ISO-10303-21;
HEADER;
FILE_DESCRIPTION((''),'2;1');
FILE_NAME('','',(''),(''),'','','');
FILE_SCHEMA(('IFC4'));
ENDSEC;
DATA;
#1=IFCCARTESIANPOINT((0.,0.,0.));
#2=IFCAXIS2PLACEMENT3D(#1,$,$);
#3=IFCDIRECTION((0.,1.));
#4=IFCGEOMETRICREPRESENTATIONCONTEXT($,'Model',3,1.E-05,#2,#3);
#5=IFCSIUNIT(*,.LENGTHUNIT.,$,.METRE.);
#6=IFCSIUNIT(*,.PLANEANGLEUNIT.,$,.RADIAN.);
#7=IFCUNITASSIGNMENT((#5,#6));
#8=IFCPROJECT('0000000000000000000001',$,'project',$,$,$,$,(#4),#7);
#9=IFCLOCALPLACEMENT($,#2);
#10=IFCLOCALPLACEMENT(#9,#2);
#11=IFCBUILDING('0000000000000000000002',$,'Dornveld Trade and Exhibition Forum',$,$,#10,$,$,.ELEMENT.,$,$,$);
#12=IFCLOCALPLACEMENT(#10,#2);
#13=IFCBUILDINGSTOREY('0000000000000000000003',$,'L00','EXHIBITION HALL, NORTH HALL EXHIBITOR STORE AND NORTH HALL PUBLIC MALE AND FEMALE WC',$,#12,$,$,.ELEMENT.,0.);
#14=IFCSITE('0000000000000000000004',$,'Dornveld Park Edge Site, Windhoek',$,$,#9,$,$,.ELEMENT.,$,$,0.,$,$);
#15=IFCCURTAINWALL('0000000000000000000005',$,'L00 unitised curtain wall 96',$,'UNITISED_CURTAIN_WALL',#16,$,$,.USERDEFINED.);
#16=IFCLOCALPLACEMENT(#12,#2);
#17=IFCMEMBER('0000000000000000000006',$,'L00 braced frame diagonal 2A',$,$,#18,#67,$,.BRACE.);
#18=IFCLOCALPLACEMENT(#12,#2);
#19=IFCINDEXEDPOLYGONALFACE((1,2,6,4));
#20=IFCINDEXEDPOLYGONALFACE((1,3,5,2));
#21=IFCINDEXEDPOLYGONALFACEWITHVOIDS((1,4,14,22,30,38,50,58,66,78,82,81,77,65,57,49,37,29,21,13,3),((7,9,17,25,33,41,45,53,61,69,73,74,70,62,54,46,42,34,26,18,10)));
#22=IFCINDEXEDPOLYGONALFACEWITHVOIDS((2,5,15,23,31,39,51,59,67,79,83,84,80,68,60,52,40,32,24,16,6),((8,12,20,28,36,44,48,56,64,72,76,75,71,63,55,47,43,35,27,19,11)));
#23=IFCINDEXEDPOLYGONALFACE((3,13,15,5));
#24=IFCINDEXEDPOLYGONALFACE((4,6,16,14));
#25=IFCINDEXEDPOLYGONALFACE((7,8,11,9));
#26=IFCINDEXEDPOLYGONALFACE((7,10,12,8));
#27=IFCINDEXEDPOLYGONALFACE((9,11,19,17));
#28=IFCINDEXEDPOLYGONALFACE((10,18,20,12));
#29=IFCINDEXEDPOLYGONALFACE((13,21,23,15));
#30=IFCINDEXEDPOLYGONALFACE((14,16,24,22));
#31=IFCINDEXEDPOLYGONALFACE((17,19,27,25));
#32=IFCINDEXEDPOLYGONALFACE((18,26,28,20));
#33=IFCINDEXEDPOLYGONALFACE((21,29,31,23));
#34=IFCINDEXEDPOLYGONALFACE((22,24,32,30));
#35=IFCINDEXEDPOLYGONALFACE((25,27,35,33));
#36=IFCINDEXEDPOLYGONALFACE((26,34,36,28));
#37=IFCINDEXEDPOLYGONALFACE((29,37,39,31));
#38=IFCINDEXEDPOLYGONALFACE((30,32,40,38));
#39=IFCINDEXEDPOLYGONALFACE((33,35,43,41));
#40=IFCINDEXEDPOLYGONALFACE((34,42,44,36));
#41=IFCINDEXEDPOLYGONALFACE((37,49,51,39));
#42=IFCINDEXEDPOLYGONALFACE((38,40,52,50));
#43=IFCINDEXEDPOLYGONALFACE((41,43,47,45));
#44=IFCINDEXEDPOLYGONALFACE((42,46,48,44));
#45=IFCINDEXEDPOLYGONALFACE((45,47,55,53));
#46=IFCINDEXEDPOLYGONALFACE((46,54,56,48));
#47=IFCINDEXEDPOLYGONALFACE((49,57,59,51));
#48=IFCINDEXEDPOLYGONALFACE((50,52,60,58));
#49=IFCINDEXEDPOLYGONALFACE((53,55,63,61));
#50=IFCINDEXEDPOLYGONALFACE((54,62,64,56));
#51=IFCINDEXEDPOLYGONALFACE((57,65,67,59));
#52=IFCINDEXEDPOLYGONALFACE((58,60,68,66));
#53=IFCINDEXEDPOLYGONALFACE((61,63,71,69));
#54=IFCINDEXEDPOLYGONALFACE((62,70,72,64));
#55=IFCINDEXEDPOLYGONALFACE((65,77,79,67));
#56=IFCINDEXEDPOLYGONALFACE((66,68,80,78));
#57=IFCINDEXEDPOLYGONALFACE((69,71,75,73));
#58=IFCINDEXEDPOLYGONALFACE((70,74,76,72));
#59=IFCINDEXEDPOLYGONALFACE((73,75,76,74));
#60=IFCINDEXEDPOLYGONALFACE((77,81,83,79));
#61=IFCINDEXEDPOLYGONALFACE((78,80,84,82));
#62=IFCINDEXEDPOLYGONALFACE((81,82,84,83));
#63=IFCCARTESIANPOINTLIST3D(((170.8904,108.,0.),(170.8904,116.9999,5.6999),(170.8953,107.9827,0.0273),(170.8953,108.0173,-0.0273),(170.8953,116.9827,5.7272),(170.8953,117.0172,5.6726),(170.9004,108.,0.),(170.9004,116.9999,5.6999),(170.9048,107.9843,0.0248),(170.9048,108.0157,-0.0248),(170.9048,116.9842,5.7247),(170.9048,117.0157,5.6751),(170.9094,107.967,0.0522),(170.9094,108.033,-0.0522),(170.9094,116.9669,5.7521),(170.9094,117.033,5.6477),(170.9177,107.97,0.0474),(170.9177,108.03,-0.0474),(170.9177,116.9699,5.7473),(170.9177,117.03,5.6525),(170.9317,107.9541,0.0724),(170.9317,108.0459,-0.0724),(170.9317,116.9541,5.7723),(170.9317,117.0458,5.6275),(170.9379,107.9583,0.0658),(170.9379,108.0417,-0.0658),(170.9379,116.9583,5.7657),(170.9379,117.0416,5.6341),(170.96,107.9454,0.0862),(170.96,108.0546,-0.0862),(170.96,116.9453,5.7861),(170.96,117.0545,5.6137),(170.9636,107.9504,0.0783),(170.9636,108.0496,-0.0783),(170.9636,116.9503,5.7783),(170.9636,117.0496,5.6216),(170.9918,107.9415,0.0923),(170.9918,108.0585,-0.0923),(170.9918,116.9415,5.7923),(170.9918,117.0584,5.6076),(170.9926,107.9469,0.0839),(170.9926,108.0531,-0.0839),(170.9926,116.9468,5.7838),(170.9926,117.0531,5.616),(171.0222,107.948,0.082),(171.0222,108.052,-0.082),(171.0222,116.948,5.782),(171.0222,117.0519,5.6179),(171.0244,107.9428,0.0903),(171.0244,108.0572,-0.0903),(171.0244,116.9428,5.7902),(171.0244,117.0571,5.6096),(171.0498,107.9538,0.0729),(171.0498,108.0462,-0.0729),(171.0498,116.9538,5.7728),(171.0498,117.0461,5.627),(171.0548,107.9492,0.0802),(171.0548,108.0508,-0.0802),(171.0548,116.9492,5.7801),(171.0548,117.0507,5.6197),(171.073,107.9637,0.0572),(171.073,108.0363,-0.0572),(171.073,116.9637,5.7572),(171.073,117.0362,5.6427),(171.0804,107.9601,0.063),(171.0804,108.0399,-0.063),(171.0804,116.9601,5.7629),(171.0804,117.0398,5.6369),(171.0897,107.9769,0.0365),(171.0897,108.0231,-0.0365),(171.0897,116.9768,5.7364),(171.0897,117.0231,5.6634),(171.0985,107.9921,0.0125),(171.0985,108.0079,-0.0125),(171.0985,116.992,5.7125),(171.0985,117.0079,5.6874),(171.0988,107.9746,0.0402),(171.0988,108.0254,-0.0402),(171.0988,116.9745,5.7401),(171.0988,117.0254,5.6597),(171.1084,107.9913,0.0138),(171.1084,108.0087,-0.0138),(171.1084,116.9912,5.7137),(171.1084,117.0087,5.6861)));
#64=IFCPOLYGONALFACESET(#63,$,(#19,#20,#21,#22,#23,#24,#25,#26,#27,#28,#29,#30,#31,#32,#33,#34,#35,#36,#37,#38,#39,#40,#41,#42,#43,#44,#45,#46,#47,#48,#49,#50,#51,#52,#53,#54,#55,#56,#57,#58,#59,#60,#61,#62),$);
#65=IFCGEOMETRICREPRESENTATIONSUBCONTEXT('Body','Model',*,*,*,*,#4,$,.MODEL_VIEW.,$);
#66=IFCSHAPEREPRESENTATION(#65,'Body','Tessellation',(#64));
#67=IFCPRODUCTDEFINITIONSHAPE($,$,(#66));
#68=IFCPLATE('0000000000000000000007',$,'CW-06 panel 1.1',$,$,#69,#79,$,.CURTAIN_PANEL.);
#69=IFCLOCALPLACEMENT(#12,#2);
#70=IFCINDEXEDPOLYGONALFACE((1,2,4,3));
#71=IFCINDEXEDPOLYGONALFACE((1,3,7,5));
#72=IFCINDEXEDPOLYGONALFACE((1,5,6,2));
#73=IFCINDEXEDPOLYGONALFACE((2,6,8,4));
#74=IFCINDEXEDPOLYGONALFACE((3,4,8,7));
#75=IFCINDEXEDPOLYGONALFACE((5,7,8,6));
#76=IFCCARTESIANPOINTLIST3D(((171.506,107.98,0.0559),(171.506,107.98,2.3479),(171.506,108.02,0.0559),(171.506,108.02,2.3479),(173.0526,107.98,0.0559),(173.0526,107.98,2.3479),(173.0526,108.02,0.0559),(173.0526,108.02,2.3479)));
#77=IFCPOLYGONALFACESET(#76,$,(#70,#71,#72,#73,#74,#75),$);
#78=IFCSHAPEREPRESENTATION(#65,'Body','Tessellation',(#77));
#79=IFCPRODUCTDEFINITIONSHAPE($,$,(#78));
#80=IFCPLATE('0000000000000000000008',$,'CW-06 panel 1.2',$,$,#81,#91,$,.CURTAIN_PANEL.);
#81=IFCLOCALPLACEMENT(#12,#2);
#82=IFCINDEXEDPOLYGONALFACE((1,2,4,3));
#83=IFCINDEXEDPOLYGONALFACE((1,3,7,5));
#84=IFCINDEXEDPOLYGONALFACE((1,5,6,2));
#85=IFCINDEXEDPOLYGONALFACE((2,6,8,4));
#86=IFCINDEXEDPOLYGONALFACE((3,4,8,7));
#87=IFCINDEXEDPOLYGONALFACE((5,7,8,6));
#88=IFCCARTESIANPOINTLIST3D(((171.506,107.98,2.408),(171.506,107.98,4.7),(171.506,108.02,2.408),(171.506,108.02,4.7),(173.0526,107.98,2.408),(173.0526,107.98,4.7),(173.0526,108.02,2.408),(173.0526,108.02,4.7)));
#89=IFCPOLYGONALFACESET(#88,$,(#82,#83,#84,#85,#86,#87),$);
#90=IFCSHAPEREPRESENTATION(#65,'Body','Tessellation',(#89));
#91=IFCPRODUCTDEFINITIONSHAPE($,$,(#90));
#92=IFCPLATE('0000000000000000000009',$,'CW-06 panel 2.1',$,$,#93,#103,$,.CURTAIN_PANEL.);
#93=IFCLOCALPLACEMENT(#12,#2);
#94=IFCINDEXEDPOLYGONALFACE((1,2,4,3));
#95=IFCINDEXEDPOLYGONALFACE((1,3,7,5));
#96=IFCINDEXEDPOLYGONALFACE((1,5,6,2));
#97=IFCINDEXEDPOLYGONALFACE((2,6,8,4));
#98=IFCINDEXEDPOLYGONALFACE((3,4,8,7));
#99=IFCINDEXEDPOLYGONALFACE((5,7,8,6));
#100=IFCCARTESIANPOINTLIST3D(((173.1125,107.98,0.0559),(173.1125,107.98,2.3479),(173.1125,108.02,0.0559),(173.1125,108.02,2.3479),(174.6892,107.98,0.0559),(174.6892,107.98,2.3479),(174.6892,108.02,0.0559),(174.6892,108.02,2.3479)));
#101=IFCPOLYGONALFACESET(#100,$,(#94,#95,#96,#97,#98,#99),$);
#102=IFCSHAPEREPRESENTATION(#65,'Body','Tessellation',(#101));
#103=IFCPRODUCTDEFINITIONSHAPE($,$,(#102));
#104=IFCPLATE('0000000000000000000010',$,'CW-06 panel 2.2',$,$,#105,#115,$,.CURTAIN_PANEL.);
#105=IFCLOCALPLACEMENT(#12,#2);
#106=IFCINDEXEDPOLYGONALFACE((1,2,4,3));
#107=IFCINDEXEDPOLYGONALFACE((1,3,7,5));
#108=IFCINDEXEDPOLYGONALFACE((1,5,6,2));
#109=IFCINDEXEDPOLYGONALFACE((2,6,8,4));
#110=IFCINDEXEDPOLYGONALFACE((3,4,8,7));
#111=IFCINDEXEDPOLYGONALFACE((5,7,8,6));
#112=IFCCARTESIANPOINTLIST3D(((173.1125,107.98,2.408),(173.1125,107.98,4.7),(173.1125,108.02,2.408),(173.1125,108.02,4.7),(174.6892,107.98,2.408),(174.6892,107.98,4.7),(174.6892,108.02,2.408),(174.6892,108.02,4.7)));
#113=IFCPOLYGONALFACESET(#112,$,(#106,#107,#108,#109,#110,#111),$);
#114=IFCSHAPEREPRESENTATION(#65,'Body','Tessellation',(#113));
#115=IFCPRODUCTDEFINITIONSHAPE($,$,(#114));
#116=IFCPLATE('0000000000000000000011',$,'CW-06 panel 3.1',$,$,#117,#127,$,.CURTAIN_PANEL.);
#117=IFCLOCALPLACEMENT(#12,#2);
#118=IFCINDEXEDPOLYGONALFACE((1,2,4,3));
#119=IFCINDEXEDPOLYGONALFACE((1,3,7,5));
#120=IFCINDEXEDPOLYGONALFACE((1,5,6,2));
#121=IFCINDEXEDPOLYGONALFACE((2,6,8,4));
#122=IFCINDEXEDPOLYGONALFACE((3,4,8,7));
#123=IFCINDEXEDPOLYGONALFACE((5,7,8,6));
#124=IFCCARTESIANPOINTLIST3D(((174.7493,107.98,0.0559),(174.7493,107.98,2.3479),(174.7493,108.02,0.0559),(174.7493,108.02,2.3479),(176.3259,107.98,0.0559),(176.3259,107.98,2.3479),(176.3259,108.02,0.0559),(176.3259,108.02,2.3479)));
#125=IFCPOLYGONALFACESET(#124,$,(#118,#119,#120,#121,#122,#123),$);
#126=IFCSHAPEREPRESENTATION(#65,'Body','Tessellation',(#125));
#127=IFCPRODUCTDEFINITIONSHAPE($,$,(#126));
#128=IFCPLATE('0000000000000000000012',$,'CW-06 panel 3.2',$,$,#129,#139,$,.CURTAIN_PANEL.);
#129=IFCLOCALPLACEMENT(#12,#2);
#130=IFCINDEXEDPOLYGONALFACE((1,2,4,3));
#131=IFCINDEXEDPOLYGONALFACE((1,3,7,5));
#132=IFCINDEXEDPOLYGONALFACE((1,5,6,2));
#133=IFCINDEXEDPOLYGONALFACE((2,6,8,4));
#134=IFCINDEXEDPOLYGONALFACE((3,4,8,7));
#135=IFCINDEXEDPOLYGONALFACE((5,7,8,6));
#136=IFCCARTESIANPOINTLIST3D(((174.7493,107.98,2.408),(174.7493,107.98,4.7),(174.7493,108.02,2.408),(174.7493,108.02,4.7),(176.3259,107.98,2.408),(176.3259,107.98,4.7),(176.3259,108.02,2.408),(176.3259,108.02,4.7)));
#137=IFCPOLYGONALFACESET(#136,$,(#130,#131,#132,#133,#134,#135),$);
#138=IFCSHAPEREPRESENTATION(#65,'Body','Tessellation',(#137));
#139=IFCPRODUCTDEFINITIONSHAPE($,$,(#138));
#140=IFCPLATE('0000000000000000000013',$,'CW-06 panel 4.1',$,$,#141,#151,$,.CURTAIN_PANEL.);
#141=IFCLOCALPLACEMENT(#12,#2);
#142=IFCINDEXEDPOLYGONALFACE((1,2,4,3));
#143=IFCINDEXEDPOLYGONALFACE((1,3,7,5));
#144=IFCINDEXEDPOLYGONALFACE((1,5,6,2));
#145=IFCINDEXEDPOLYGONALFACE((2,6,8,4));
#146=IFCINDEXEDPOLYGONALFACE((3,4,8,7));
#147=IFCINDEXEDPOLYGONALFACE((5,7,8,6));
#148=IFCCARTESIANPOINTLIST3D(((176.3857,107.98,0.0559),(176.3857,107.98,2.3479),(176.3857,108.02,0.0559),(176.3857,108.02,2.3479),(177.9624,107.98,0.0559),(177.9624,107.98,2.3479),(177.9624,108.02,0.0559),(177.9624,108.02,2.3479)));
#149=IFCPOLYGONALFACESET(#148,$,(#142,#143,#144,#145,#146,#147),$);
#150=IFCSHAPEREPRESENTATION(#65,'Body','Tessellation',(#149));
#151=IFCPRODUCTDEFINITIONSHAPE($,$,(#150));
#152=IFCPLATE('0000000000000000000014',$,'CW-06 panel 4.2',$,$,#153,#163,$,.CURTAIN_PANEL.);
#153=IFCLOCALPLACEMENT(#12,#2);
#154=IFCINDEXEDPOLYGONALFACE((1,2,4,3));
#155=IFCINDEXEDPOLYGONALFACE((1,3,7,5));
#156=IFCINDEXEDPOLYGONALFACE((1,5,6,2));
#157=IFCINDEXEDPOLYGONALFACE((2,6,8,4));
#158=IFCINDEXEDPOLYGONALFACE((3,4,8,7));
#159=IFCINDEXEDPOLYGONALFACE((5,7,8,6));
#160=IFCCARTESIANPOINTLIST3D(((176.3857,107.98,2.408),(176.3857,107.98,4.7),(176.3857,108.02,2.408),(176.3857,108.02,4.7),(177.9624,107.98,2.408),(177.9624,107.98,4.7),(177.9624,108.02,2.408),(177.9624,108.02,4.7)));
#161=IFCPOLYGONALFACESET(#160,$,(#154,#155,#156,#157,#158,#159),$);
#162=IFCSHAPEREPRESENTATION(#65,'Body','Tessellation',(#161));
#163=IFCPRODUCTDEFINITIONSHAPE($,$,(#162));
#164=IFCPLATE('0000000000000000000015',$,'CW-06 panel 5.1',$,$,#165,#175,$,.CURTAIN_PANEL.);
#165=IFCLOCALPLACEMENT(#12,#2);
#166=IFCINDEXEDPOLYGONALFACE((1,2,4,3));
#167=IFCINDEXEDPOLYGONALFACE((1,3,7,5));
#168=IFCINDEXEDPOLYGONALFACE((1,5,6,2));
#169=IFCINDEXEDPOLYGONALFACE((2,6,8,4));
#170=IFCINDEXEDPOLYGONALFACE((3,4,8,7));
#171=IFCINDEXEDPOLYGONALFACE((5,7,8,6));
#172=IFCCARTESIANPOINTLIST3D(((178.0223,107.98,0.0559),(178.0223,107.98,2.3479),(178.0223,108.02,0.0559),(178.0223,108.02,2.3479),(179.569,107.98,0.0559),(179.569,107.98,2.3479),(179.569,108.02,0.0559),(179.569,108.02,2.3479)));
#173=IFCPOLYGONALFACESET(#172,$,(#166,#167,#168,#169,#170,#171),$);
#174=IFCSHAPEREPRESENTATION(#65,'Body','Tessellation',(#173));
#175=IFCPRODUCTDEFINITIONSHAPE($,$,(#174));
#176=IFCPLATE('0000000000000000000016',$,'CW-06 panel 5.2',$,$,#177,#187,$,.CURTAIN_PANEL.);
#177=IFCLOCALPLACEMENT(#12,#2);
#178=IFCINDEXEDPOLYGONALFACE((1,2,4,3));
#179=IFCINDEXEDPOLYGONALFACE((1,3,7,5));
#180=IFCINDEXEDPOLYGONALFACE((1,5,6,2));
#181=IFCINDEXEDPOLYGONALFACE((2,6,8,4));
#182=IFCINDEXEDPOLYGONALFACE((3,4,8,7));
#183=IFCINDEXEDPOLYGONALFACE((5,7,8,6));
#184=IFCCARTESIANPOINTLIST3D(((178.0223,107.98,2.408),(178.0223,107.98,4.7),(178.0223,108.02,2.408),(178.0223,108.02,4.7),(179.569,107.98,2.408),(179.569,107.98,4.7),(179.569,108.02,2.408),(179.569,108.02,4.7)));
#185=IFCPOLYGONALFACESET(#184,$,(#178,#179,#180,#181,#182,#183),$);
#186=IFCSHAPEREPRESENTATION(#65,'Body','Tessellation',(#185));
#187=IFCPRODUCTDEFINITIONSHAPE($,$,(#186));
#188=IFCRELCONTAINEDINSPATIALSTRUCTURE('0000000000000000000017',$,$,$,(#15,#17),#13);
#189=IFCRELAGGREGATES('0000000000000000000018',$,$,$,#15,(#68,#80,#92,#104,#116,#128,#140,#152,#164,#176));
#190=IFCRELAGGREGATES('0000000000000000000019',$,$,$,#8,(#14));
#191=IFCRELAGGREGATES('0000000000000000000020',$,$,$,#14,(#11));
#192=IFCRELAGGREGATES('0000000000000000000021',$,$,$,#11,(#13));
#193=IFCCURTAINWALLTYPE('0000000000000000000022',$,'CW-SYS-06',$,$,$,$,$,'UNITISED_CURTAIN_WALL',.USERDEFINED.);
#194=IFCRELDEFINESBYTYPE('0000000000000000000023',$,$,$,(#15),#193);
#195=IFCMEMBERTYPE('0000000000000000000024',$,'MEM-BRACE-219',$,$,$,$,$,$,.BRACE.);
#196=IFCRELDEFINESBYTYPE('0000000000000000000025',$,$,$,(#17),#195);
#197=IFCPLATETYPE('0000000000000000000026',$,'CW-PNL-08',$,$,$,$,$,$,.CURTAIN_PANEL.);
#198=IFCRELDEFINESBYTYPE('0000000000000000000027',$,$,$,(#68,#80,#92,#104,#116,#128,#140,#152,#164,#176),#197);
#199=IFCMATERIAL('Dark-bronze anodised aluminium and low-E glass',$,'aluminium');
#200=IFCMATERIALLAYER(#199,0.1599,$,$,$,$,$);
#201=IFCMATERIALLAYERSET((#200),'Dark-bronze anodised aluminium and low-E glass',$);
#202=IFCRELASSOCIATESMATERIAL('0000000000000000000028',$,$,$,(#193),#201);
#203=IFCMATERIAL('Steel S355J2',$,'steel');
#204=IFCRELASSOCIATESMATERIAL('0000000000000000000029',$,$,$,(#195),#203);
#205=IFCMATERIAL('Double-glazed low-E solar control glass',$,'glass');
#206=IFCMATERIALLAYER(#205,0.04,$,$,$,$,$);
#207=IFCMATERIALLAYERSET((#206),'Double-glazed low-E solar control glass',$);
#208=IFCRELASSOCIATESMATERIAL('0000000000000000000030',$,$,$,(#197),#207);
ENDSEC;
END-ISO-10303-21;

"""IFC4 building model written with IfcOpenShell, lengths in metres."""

from ifc_helpers import new_model, si_unit, direction, frame, origin, origin_2d, place, context, subcontext, project, spatial, rectangle, hollow_circle, extrude, material, layer, layer_set, material_profile, profile_set, type_object, element, aggregate, save


model = new_model("IFC4")

# Units and contexts
model_context = context("Model", 3, precision=1e-05, world=origin(), true_north=direction((0.0, 1.0)))
body_context = subcontext(model_context, "Body", "Model", "MODEL_VIEW")
ifc_project = project(units=[si_unit("LENGTHUNIT", "METRE"), si_unit("PLANEANGLEUNIT", "RADIAN")], contexts=[model_context])

# Site, building, storey
site_placement = place(None, origin())
site = spatial("IfcSite", under=ifc_project, at=site_placement, Name="Dornveld Park Edge Site, Windhoek", CompositionType="ELEMENT", RefElevation=0.0)
building_placement = place(site_placement, origin())
building = spatial("IfcBuilding", under=site, at=building_placement, Name="Dornveld Trade and Exhibition Forum", CompositionType="ELEMENT")
storey_placement = place(building_placement, origin())
storey = spatial("IfcBuildingStorey", under=building, at=storey_placement, Name="L00", Description="EXHIBITION HALL, NORTH HALL EXHIBITOR STORE AND NORTH HALL PUBLIC MALE AND FEMALE WC", CompositionType="ELEMENT", Elevation=0.0)

# Curtain wall
ifc_material_1 = material(Name="Dark-bronze anodised aluminium and low-E glass", Category="aluminium")
ifc_layer_1 = layer(ifc_material_1, 0.1599)
ifc_layer_set_1 = layer_set([ifc_layer_1], Name="Dark-bronze anodised aluminium and low-E glass")
curtain_wall_type = type_object("IfcCurtainWallType", Name="CW-SYS-06", ElementType="UNITISED_CURTAIN_WALL", PredefinedType="USERDEFINED", material=ifc_layer_set_1)
curtain_wall_placement = place(storey_placement, origin())
curtain_wall = element("IfcCurtainWall", 1, at=curtain_wall_placement, inside=storey, type_object=curtain_wall_type, Name="L00 unitised curtain wall 96", ObjectType="UNITISED_CURTAIN_WALL", PredefinedType="USERDEFINED")

# Member
ifc_material_2 = material(Name="Steel S355J2", Category="steel")
ifc_material_profile_1 = material_profile(ifc_material_2, hollow_circle(Radius=0.1096, WallThickness=0.01, at=origin_2d()), Name="CHS 219.1x10")
ifc_profile_set_1 = profile_set([ifc_material_profile_1], Name="Steel S355J2")
member_type_1 = type_object("IfcMemberType", Name="MEM-BRACE-219", PredefinedType="BRACE", material=ifc_profile_set_1)
member_1_placement = place(storey_placement, frame((171.0, 108.0, 0.0), z_axis=(0.0, 0.844821, 0.535049), x_axis=(-1.0, 0.0, 0.0)))
element("IfcMember", 2, at=member_1_placement, inside=storey, type_object=member_type_1, Name="L00 braced frame diagonal 2A", PredefinedType="BRACE", context=body_context, shape_type="SweptSolid", body=[
    extrude(hollow_circle(Radius=0.1096, WallThickness=0.01, at=origin_2d()), origin(), (0.0, 0.0, 1.0), 10.6531),
])

# Plates
ifc_material_3 = material(Name="Double-glazed low-E solar control glass", Category="glass")
ifc_layer_2 = layer(ifc_material_3, 0.04)
ifc_layer_set_2 = layer_set([ifc_layer_2], Name="Double-glazed low-E solar control glass")
plate_type = type_object("IfcPlateType", Name="CW-PNL-08", PredefinedType="CURTAIN_PANEL", material=ifc_layer_set_2)
plate_1_placement = place(storey_placement, frame((172.2793, 108.0, 0.0559), z_axis=(0.0, 0.0, 1.0), x_axis=(1.0, 0.0, 0.0)))
plate_1 = element("IfcPlate", 3, at=plate_1_placement, type_object=plate_type, Name="CW-06 panel 1.1", PredefinedType="CURTAIN_PANEL", context=body_context, shape_type="SweptSolid", body=[
    extrude(rectangle(XDim=1.5466, YDim=0.04, at=origin_2d()), origin(), (0.0, 0.0, 1.0), 2.292),
])
plate_2_placement = place(storey_placement, frame((172.2793, 108.0, 2.408), z_axis=(0.0, 0.0, 1.0), x_axis=(1.0, 0.0, 0.0)))
plate_2 = element("IfcPlate", 4, at=plate_2_placement, type_object=plate_type, Name="CW-06 panel 1.2", PredefinedType="CURTAIN_PANEL", context=body_context, shape_type="SweptSolid", body=[
    extrude(rectangle(XDim=1.5466, YDim=0.04, at=origin_2d()), origin(), (0.0, 0.0, 1.0), 2.292),
])
plate_3_placement = place(storey_placement, frame((173.9009, 108.0, 0.0559), z_axis=(0.0, 0.0, 1.0), x_axis=(1.0, 0.0, 0.0)))
plate_3 = element("IfcPlate", 5, at=plate_3_placement, type_object=plate_type, Name="CW-06 panel 2.1", PredefinedType="CURTAIN_PANEL", context=body_context, shape_type="SweptSolid", body=[
    extrude(rectangle(XDim=1.5767, YDim=0.04, at=origin_2d()), origin(), (0.0, 0.0, 1.0), 2.292),
])
plate_4_placement = place(storey_placement, frame((173.9009, 108.0, 2.408), z_axis=(0.0, 0.0, 1.0), x_axis=(1.0, 0.0, 0.0)))
plate_4 = element("IfcPlate", 6, at=plate_4_placement, type_object=plate_type, Name="CW-06 panel 2.2", PredefinedType="CURTAIN_PANEL", context=body_context, shape_type="SweptSolid", body=[
    extrude(rectangle(XDim=1.5767, YDim=0.04, at=origin_2d()), origin(), (0.0, 0.0, 1.0), 2.292),
])
plate_5_placement = place(storey_placement, frame((175.5376, 108.0, 0.0559), z_axis=(0.0, 0.0, 1.0), x_axis=(1.0, 0.0, 0.0)))
plate_5 = element("IfcPlate", 7, at=plate_5_placement, type_object=plate_type, Name="CW-06 panel 3.1", PredefinedType="CURTAIN_PANEL", context=body_context, shape_type="SweptSolid", body=[
    extrude(rectangle(XDim=1.5767, YDim=0.04, at=origin_2d()), origin(), (0.0, 0.0, 1.0), 2.292),
])
plate_6_placement = place(storey_placement, frame((175.5376, 108.0, 2.408), z_axis=(0.0, 0.0, 1.0), x_axis=(1.0, 0.0, 0.0)))
plate_6 = element("IfcPlate", 8, at=plate_6_placement, type_object=plate_type, Name="CW-06 panel 3.2", PredefinedType="CURTAIN_PANEL", context=body_context, shape_type="SweptSolid", body=[
    extrude(rectangle(XDim=1.5767, YDim=0.04, at=origin_2d()), origin(), (0.0, 0.0, 1.0), 2.292),
])
plate_7_placement = place(storey_placement, frame((177.1741, 108.0, 0.0559), z_axis=(0.0, 0.0, 1.0), x_axis=(1.0, 0.0, 0.0)))
plate_7 = element("IfcPlate", 9, at=plate_7_placement, type_object=plate_type, Name="CW-06 panel 4.1", PredefinedType="CURTAIN_PANEL", context=body_context, shape_type="SweptSolid", body=[
    extrude(rectangle(XDim=1.5767, YDim=0.04, at=origin_2d()), origin(), (0.0, 0.0, 1.0), 2.292),
])
plate_8_placement = place(storey_placement, frame((177.1741, 108.0, 2.408), z_axis=(0.0, 0.0, 1.0), x_axis=(1.0, 0.0, 0.0)))
plate_8 = element("IfcPlate", 10, at=plate_8_placement, type_object=plate_type, Name="CW-06 panel 4.2", PredefinedType="CURTAIN_PANEL", context=body_context, shape_type="SweptSolid", body=[
    extrude(rectangle(XDim=1.5767, YDim=0.04, at=origin_2d()), origin(), (0.0, 0.0, 1.0), 2.292),
])
plate_9_placement = place(storey_placement, frame((178.7957, 108.0, 0.0559), z_axis=(0.0, 0.0, 1.0), x_axis=(1.0, 0.0, 0.0)))
plate_9 = element("IfcPlate", 11, at=plate_9_placement, type_object=plate_type, Name="CW-06 panel 5.1", PredefinedType="CURTAIN_PANEL", context=body_context, shape_type="SweptSolid", body=[
    extrude(rectangle(XDim=1.5466, YDim=0.04, at=origin_2d()), origin(), (0.0, 0.0, 1.0), 2.292),
])
plate_10_placement = place(storey_placement, frame((178.7957, 108.0, 2.408), z_axis=(0.0, 0.0, 1.0), x_axis=(1.0, 0.0, 0.0)))
plate_10 = element("IfcPlate", 12, at=plate_10_placement, type_object=plate_type, Name="CW-06 panel 5.2", PredefinedType="CURTAIN_PANEL", context=body_context, shape_type="SweptSolid", body=[
    extrude(rectangle(XDim=1.5466, YDim=0.04, at=origin_2d()), origin(), (0.0, 0.0, 1.0), 2.292),
])
aggregate(curtain_wall, [plate_1, plate_2, plate_3, plate_4, plate_5, plate_6, plate_7, plate_8, plate_9, plate_10])

save(model, "model.ifc")
